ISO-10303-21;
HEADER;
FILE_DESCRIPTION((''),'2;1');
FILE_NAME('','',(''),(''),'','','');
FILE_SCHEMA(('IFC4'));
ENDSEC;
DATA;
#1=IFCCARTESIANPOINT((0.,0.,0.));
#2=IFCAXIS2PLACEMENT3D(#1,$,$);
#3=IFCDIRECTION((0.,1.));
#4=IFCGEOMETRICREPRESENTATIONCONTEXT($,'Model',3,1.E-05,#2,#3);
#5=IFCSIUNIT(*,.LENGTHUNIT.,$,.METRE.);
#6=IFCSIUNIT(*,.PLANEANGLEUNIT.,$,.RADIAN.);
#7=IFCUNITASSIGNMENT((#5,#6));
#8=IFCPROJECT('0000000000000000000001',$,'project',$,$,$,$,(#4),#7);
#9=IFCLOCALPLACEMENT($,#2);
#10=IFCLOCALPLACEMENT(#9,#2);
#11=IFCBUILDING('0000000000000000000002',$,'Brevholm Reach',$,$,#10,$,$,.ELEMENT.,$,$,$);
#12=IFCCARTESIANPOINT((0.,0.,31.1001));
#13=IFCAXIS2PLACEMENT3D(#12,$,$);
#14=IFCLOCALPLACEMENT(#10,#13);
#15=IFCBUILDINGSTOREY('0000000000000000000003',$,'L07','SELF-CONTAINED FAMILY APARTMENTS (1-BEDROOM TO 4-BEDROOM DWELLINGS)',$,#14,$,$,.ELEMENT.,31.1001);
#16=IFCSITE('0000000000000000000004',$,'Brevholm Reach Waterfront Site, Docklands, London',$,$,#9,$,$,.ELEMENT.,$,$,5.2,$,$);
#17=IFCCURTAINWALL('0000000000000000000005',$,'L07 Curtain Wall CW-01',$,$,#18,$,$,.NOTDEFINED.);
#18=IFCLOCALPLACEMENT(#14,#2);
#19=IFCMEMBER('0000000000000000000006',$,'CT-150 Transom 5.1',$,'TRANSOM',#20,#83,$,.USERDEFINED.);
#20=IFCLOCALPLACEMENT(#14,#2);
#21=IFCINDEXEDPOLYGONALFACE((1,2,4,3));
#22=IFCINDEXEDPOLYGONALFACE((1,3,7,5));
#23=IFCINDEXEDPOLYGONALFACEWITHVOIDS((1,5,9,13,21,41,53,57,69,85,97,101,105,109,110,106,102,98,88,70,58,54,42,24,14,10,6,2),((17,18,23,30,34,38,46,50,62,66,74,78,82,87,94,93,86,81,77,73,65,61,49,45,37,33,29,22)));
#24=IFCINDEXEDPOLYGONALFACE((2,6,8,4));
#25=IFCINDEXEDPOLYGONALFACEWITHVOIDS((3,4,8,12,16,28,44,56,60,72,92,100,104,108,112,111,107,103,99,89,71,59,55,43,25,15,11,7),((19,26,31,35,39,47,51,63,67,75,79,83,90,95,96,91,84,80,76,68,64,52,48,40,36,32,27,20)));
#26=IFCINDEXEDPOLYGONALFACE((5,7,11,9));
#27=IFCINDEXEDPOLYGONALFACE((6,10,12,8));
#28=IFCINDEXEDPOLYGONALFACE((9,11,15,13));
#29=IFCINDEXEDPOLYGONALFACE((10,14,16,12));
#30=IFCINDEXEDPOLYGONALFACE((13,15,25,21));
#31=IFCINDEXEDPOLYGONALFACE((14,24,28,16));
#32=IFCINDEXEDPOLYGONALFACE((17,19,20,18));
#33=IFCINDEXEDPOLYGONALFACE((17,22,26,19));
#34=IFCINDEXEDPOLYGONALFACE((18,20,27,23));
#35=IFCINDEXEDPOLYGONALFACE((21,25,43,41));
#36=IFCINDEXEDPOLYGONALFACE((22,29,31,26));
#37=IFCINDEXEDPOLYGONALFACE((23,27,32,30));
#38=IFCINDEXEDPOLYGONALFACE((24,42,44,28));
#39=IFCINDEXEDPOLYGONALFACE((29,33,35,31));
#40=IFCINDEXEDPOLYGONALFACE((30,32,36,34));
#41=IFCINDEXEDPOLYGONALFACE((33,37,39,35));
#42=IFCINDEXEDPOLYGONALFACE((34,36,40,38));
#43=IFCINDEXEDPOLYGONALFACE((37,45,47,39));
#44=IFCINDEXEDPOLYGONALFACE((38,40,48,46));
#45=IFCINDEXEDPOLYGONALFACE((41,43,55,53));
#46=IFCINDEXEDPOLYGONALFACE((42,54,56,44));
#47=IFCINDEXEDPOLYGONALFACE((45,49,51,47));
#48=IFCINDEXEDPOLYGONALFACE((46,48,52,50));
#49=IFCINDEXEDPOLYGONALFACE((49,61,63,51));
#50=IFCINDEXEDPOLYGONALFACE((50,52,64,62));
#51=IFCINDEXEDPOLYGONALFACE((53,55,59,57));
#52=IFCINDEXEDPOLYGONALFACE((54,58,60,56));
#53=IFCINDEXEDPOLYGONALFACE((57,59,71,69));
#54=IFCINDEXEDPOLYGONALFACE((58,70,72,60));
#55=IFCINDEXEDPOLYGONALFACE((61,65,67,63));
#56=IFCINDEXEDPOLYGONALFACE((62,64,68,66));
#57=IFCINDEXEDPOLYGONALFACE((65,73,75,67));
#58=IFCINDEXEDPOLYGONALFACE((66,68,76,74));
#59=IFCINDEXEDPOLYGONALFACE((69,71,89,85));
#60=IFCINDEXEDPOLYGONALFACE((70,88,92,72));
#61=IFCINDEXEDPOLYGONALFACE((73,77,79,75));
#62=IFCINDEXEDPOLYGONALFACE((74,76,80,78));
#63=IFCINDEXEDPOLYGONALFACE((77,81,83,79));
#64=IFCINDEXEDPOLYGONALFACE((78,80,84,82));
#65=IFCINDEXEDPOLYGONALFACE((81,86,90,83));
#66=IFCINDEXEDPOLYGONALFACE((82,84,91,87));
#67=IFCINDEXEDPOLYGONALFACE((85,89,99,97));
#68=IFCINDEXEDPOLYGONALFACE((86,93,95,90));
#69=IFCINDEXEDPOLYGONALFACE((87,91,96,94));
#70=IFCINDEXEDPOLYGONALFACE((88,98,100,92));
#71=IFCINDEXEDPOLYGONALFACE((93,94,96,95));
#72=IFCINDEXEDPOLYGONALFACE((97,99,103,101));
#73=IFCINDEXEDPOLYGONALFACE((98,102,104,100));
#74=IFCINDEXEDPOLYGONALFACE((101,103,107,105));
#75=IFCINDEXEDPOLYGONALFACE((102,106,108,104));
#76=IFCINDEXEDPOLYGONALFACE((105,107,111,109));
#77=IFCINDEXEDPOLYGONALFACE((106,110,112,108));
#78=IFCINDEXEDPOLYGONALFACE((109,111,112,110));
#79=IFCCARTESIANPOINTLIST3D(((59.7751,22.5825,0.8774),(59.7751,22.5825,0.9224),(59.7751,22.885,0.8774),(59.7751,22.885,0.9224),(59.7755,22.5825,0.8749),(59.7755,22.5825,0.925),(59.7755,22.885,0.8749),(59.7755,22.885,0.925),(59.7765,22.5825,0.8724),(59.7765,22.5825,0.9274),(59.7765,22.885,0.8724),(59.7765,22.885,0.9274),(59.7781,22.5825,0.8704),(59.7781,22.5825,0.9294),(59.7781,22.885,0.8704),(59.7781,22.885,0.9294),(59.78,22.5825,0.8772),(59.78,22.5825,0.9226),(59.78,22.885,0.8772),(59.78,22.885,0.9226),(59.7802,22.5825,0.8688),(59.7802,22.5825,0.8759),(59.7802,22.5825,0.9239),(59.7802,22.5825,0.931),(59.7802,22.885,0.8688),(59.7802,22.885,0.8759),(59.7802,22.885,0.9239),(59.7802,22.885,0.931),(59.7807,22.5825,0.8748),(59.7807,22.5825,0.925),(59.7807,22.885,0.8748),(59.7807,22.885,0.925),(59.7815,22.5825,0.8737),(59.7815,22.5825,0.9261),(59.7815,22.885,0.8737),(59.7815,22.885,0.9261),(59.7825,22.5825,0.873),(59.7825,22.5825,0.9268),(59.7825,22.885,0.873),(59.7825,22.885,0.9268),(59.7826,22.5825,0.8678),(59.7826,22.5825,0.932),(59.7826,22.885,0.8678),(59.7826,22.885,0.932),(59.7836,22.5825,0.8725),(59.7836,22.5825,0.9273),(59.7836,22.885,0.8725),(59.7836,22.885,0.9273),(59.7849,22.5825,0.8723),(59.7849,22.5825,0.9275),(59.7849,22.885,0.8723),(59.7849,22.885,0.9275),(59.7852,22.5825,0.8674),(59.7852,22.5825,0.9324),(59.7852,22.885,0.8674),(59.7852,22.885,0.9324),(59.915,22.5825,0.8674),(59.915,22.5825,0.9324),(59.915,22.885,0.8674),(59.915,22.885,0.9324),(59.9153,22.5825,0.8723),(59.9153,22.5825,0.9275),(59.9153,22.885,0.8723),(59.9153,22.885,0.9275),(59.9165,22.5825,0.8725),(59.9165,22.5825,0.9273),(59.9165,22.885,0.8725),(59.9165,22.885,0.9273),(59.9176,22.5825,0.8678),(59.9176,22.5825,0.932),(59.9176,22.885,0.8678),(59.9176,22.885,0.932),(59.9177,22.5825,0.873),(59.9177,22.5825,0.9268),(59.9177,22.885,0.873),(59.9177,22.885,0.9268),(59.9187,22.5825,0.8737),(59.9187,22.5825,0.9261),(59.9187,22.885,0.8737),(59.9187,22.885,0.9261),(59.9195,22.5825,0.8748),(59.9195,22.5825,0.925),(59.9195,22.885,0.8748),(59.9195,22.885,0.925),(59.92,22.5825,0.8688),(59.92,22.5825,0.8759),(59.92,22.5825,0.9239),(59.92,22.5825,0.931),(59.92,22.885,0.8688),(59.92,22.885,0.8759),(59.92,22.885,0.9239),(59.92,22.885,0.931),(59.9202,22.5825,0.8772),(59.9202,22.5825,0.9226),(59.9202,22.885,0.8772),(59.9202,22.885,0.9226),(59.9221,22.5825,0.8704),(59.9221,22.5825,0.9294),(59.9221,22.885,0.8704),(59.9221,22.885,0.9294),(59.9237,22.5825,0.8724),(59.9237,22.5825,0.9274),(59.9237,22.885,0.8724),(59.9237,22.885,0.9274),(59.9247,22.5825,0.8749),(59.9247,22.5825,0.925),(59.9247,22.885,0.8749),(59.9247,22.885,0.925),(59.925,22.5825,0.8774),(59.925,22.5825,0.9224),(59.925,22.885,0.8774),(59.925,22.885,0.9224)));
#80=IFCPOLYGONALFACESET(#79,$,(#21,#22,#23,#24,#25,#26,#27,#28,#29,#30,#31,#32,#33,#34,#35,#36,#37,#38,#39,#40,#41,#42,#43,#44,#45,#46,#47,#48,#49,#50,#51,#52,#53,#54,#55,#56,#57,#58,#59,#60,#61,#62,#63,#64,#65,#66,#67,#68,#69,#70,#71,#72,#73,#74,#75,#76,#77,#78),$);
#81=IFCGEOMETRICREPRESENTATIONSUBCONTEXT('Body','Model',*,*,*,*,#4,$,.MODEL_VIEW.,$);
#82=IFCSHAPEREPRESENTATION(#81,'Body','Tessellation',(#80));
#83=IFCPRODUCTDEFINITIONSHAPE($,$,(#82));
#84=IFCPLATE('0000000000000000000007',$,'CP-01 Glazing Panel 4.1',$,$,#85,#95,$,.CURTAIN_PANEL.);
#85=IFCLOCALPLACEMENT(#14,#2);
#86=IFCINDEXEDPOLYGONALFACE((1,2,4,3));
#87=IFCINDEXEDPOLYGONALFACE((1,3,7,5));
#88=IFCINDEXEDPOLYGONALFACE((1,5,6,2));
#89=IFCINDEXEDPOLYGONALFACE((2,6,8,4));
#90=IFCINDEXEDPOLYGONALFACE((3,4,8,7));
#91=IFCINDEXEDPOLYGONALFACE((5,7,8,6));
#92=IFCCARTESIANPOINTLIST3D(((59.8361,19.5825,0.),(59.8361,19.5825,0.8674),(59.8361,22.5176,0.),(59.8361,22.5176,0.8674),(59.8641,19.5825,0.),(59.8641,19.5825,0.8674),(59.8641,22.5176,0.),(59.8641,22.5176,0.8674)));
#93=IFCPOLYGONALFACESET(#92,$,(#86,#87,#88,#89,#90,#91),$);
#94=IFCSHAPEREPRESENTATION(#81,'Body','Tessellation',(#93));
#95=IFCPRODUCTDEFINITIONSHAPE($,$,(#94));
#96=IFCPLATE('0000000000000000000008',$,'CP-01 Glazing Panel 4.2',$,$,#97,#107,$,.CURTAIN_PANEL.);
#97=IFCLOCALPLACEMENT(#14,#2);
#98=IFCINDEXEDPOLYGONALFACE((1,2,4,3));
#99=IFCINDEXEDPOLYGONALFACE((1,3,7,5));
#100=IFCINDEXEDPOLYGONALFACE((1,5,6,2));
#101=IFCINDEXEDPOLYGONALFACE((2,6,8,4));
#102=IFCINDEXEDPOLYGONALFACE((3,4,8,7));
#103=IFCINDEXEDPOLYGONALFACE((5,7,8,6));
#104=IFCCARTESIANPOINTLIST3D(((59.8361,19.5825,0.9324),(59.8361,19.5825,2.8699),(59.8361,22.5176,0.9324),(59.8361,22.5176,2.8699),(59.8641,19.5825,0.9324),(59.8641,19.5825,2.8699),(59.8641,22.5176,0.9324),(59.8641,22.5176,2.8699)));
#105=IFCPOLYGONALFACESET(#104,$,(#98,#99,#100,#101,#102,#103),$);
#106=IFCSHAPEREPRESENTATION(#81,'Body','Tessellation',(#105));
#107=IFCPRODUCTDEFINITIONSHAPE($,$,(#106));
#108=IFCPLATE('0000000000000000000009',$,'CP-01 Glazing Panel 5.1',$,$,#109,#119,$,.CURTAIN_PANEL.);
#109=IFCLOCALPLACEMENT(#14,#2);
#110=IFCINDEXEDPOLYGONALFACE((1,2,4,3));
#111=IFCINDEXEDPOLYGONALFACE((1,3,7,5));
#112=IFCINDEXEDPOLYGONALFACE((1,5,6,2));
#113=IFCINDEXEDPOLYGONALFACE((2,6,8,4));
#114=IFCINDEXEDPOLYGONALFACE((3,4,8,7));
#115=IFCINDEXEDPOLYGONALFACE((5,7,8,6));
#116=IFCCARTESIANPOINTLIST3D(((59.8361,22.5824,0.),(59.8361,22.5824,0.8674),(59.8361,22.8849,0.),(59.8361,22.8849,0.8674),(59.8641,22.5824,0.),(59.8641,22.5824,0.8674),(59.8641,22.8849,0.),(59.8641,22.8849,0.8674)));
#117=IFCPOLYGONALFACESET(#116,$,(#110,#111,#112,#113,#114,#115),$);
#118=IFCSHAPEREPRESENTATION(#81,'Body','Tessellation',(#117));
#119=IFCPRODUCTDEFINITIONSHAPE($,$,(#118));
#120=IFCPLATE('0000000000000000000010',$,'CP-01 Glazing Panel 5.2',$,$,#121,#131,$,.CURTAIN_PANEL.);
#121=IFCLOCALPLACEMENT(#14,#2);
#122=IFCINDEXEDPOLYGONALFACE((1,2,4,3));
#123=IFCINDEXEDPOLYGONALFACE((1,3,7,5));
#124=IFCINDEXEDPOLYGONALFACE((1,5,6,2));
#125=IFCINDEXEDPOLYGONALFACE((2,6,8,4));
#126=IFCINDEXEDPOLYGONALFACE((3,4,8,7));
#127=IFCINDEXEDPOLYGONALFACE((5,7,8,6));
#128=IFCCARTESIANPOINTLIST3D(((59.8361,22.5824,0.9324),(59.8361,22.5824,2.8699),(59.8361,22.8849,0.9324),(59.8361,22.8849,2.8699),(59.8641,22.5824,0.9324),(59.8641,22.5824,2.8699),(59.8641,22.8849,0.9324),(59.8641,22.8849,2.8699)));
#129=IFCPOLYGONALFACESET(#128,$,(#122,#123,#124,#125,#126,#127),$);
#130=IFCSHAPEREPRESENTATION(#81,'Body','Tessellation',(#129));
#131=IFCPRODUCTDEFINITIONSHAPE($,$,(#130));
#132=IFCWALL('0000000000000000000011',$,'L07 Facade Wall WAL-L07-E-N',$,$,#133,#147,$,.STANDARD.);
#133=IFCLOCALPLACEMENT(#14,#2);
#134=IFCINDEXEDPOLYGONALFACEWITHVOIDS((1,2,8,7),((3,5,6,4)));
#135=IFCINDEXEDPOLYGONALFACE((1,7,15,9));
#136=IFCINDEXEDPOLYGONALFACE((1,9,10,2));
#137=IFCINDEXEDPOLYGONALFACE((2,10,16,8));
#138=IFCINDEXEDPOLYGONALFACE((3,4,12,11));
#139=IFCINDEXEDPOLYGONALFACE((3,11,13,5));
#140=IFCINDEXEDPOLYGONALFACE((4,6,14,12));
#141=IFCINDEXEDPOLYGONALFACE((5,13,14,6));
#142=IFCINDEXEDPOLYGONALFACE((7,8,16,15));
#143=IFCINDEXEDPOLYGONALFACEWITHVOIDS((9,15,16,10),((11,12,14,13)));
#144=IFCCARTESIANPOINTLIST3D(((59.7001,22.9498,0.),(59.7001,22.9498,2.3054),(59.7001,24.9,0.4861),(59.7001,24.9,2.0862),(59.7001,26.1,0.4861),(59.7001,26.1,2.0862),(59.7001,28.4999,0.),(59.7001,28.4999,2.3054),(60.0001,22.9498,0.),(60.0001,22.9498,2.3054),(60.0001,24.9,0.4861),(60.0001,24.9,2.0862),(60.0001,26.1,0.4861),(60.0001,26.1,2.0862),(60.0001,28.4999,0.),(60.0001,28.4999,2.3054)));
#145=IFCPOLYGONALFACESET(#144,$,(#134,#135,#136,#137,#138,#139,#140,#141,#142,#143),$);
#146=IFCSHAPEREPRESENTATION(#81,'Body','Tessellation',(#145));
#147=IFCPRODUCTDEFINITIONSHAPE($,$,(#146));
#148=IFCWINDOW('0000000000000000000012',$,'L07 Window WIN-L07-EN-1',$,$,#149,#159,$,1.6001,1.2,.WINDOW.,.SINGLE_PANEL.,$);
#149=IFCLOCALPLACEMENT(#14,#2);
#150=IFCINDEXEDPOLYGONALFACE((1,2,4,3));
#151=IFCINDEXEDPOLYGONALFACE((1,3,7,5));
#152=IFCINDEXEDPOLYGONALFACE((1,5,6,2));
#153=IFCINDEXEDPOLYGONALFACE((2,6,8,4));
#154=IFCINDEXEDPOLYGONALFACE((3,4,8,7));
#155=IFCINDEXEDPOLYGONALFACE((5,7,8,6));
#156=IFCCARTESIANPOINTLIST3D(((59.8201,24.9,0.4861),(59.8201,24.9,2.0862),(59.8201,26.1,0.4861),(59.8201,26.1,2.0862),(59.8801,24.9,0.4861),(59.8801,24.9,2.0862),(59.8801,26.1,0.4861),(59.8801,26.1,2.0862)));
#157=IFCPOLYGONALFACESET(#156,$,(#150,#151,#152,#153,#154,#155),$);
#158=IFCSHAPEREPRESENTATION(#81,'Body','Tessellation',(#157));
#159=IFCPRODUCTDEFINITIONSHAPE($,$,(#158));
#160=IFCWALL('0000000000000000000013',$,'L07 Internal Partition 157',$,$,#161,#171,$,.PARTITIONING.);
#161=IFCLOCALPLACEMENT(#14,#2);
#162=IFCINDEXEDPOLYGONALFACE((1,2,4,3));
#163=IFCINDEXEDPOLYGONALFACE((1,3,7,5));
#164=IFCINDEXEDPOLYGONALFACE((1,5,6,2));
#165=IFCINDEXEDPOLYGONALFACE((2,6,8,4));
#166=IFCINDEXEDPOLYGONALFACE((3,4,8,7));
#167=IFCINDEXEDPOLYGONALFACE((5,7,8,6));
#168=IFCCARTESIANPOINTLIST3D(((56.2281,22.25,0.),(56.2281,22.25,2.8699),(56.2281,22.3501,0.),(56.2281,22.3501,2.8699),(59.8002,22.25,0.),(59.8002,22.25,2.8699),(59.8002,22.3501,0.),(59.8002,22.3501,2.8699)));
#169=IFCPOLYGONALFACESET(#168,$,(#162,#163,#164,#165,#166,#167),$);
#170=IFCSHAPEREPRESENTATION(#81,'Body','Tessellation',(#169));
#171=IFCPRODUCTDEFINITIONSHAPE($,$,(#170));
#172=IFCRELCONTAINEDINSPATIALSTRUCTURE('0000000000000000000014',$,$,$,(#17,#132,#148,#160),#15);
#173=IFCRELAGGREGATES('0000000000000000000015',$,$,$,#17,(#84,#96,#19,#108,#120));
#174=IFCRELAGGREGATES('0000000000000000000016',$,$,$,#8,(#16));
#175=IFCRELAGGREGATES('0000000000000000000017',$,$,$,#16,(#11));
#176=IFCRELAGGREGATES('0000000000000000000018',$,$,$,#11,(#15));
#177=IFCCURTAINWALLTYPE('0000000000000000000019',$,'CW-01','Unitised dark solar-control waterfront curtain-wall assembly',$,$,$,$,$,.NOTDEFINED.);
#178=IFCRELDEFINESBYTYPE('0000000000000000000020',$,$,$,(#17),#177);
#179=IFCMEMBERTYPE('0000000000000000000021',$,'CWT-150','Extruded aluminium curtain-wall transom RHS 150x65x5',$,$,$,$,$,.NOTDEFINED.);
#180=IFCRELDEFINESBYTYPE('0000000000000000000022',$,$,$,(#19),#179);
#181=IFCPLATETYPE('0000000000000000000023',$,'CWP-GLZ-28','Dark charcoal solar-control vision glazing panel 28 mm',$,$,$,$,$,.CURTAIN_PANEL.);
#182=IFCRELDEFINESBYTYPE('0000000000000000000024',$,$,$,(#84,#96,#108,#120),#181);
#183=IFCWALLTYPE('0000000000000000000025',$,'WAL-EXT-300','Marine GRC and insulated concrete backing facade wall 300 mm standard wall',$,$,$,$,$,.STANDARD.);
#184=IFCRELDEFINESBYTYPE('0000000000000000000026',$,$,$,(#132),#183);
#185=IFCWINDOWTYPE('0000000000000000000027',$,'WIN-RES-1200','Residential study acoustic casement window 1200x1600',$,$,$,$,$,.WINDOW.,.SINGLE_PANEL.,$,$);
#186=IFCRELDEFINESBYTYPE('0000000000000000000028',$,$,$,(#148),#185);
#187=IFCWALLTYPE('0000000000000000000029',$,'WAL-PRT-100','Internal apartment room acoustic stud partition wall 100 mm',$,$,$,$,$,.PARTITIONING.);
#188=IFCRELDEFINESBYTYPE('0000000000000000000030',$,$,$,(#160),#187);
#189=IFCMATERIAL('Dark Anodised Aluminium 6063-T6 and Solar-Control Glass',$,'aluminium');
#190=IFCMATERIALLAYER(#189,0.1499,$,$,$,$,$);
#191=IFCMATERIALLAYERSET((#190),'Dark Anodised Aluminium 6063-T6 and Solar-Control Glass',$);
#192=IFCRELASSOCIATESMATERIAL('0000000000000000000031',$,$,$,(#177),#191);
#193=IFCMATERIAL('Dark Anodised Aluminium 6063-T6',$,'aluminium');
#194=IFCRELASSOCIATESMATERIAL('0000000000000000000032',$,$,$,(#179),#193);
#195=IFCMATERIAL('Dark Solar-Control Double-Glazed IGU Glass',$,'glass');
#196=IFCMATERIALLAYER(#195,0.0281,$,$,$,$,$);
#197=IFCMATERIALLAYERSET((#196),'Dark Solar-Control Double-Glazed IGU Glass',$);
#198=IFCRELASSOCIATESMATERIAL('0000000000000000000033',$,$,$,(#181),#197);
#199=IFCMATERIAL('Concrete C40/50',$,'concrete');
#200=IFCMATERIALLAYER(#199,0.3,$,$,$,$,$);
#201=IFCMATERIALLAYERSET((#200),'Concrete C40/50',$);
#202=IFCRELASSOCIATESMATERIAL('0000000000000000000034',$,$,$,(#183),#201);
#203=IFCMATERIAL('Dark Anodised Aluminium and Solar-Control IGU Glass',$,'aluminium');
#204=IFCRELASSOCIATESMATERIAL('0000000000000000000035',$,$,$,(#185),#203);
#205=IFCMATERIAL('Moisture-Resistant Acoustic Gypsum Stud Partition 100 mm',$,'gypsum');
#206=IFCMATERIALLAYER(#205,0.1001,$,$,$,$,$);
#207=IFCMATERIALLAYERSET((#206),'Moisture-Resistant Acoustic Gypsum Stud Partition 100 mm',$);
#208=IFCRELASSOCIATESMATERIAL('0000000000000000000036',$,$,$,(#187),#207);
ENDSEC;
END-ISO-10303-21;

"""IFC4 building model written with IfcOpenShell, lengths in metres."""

from ifc_helpers import new_model, si_unit, direction, frame, frame_2d, origin, origin_2d, place, context, subcontext, project, spatial, rectangle, hollow_rectangle, extrude, material, layer, layer_set, material_profile, profile_set, type_object, element, fill, aggregate, save


model = new_model("IFC4")

# Units and contexts
model_context = context("Model", 3, precision=1e-05, world=origin(), true_north=direction((0.0, 1.0)))
body_context = subcontext(model_context, "Body", "Model", "MODEL_VIEW")
ifc_project = project(units=[si_unit("LENGTHUNIT", "METRE"), si_unit("PLANEANGLEUNIT", "RADIAN")], contexts=[model_context])

# Site, building, storey
site_placement = place(None, origin())
site = spatial("IfcSite", under=ifc_project, at=site_placement, Name="Brevholm Reach Waterfront Site, Docklands, London", CompositionType="ELEMENT", RefElevation=5.2)
building_placement = place(site_placement, origin())
building = spatial("IfcBuilding", under=site, at=building_placement, Name="Brevholm Reach", CompositionType="ELEMENT")
storey_placement = place(building_placement, frame((0.0, 0.0, 31.1001)))
storey = spatial("IfcBuildingStorey", under=building, at=storey_placement, Name="L07", Description="SELF-CONTAINED FAMILY APARTMENTS (1-BEDROOM TO 4-BEDROOM DWELLINGS)", CompositionType="ELEMENT", Elevation=31.1001)

# Curtain wall, member, plates
ifc_material_1 = material(Name="Dark Anodised Aluminium 6063-T6 and Solar-Control Glass", Category="aluminium")
ifc_layer_1 = layer(ifc_material_1, 0.1499)
ifc_layer_set_1 = layer_set([ifc_layer_1], Name="Dark Anodised Aluminium 6063-T6 and Solar-Control Glass")
curtain_wall_type = type_object("IfcCurtainWallType", Name="CW-01", Description="Unitised dark solar-control waterfront curtain-wall assembly", PredefinedType="NOTDEFINED", material=ifc_layer_set_1)
curtain_wall_placement = place(storey_placement, origin())
curtain_wall = element("IfcCurtainWall", 1, at=curtain_wall_placement, inside=storey, type_object=curtain_wall_type, Name="L07 Curtain Wall CW-01", PredefinedType="NOTDEFINED")
ifc_material_2 = material(Name="Dark Anodised Aluminium 6063-T6", Category="aluminium")
ifc_material_profile_1 = material_profile(ifc_material_2, hollow_rectangle(XDim=0.0649, YDim=0.1499, WallThickness=0.0049, InnerFilletRadius=0.0049, OuterFilletRadius=0.01, at=origin_2d()), Name="RHS 150x65x5")
ifc_profile_set_1 = profile_set([ifc_material_profile_1], Name="Dark Anodised Aluminium 6063-T6")
member_type_1 = type_object("IfcMemberType", Name="CWT-150", Description="Extruded aluminium curtain-wall transom RHS 150x65x5", PredefinedType="NOTDEFINED", material=ifc_profile_set_1)
member_1_placement = place(storey_placement, frame((59.8501, 22.5825, 0.8999), z_axis=(0.0, 1.0, 0.0), x_axis=(0.0, 0.0, 1.0)))
member_1 = element("IfcMember", 2, at=member_1_placement, type_object=member_type_1, Name="CT-150 Transom 5.1", ObjectType="TRANSOM", PredefinedType="USERDEFINED", context=body_context, shape_type="SweptSolid", body=[
    extrude(hollow_rectangle(XDim=0.0649, YDim=0.1499, WallThickness=0.0049, InnerFilletRadius=0.0049, OuterFilletRadius=0.01, at=origin_2d()), origin(), (0.0, 0.0, 1.0), 0.3025),
])
ifc_material_3 = material(Name="Dark Solar-Control Double-Glazed IGU Glass", Category="glass")
ifc_layer_2 = layer(ifc_material_3, 0.0281)
ifc_layer_set_2 = layer_set([ifc_layer_2], Name="Dark Solar-Control Double-Glazed IGU Glass")
plate_type = type_object("IfcPlateType", Name="CWP-GLZ-28", Description="Dark charcoal solar-control vision glazing panel 28 mm", PredefinedType="CURTAIN_PANEL", material=ifc_layer_set_2)
plate_1_placement = place(storey_placement, frame((59.8501, 21.05, 0.0), z_axis=(0.0, 0.0, 1.0), x_axis=(0.0, 1.0, 0.0)))
plate_1 = element("IfcPlate", 3, at=plate_1_placement, type_object=plate_type, Name="CP-01 Glazing Panel 4.1", PredefinedType="CURTAIN_PANEL", context=body_context, shape_type="SweptSolid", body=[
    extrude(rectangle(XDim=2.9351, YDim=0.0281, at=origin_2d()), origin(), (0.0, 0.0, 1.0), 0.8674),
])
plate_2_placement = place(storey_placement, frame((59.8501, 21.05, 0.9324), z_axis=(0.0, 0.0, 1.0), x_axis=(0.0, 1.0, 0.0)))
plate_2 = element("IfcPlate", 4, at=plate_2_placement, type_object=plate_type, Name="CP-01 Glazing Panel 4.2", PredefinedType="CURTAIN_PANEL", context=body_context, shape_type="SweptSolid", body=[
    extrude(rectangle(XDim=2.9351, YDim=0.0281, at=origin_2d()), origin(), (0.0, 0.0, 1.0), 1.9375),
])
plate_3_placement = place(storey_placement, frame((59.8501, 22.7336, 0.0), z_axis=(0.0, 0.0, 1.0), x_axis=(0.0, 1.0, 0.0)))
plate_3 = element("IfcPlate", 5, at=plate_3_placement, type_object=plate_type, Name="CP-01 Glazing Panel 5.1", PredefinedType="CURTAIN_PANEL", context=body_context, shape_type="SweptSolid", body=[
    extrude(rectangle(XDim=0.3025, YDim=0.0281, at=origin_2d()), origin(), (0.0, 0.0, 1.0), 0.8674),
])
plate_4_placement = place(storey_placement, frame((59.8501, 22.7336, 0.9324), z_axis=(0.0, 0.0, 1.0), x_axis=(0.0, 1.0, 0.0)))
plate_4 = element("IfcPlate", 6, at=plate_4_placement, type_object=plate_type, Name="CP-01 Glazing Panel 5.2", PredefinedType="CURTAIN_PANEL", context=body_context, shape_type="SweptSolid", body=[
    extrude(rectangle(XDim=0.3025, YDim=0.0281, at=origin_2d()), origin(), (0.0, 0.0, 1.0), 1.9375),
])
aggregate(curtain_wall, [plate_1, plate_2, member_1, plate_3, plate_4])

# Wall, opening, window
ifc_material_4 = material(Name="Concrete C40/50", Category="concrete")
ifc_layer_3 = layer(ifc_material_4, 0.3)
ifc_layer_set_3 = layer_set([ifc_layer_3], Name="Concrete C40/50")
wall_type_1 = type_object("IfcWallType", Name="WAL-EXT-300", Description="Marine GRC and insulated concrete backing facade wall 300 mm standard wall", PredefinedType="STANDARD", material=ifc_layer_set_3)
wall_1_placement = place(storey_placement, frame((59.8501, 22.95, 0.0), z_axis=(0.0, 0.0, 1.0), x_axis=(0.0, 1.0, 0.0)))
wall_1 = element("IfcWall", 7, at=wall_1_placement, inside=storey, type_object=wall_type_1, Name="L07 Facade Wall WAL-L07-E-N", PredefinedType="STANDARD", context=body_context, shape_type="SweptSolid", body=[
    extrude(rectangle(XDim=5.55, YDim=0.3, at=frame_2d((2.7749, 0.0))), origin(), (0.0, 0.0, 1.0), 2.3054),
])
opening_1_placement = place(wall_1_placement, frame((1.95, 0.0, 0.4861)))
opening_1 = element("IfcOpeningElement", 8, at=opening_1_placement, cuts=wall_1, PredefinedType="OPENING", context=body_context, shape_type="SweptSolid", body=[
    extrude(rectangle(XDim=1.2, YDim=1.6001, at=frame_2d((0.6001, 0.8))), frame((0.0, 0.1599, 0.0), z_axis=(0.0, -1.0, 0.0), x_axis=(1.0, 0.0, 0.0)), (0.0, 0.0, 1.0), 0.3201),
])
ifc_material_5 = material(Name="Dark Anodised Aluminium and Solar-Control IGU Glass", Category="aluminium")
window_type = type_object("IfcWindowType", Name="WIN-RES-1200", Description="Residential study acoustic casement window 1200x1600", PartitioningType="SINGLE_PANEL", PredefinedType="WINDOW", material=ifc_material_5)
window_placement = place(opening_1_placement, origin())
window = element("IfcWindow", 9, at=window_placement, inside=storey, type_object=window_type, Name="L07 Window WIN-L07-EN-1", OverallHeight=1.6001, OverallWidth=1.2, PartitioningType="SINGLE_PANEL", PredefinedType="WINDOW", context=body_context, shape_type="SweptSolid", body=[
    extrude(rectangle(XDim=1.2, YDim=1.6001, at=frame_2d((0.6001, 0.8))), frame((0.0, 0.03, 0.0), z_axis=(0.0, -1.0, 0.0), x_axis=(1.0, 0.0, 0.0)), (0.0, 0.0, 1.0), 0.0601),
])
fill(opening_1, window)

# Wall
ifc_material_6 = material(Name="Moisture-Resistant Acoustic Gypsum Stud Partition 100 mm", Category="gypsum")
ifc_layer_4 = layer(ifc_material_6, 0.1001)
ifc_layer_set_4 = layer_set([ifc_layer_4], Name="Moisture-Resistant Acoustic Gypsum Stud Partition 100 mm")
wall_type_2 = type_object("IfcWallType", Name="WAL-PRT-100", Description="Internal apartment room acoustic stud partition wall 100 mm", PredefinedType="PARTITIONING", material=ifc_layer_set_4)
wall_2_placement = place(storey_placement, frame((56.228, 22.3, 0.0), z_axis=(0.0, 0.0, 1.0), x_axis=(1.0, 0.0, 0.0)))
element("IfcWall", 10, at=wall_2_placement, inside=storey, type_object=wall_type_2, Name="L07 Internal Partition 157", PredefinedType="PARTITIONING", context=body_context, shape_type="SweptSolid", body=[
    extrude(rectangle(XDim=3.572, YDim=0.1001, at=frame_2d((1.7861, 0.0))), origin(), (0.0, 0.0, 1.0), 2.8699),
])

save(model, "model.ifc")
